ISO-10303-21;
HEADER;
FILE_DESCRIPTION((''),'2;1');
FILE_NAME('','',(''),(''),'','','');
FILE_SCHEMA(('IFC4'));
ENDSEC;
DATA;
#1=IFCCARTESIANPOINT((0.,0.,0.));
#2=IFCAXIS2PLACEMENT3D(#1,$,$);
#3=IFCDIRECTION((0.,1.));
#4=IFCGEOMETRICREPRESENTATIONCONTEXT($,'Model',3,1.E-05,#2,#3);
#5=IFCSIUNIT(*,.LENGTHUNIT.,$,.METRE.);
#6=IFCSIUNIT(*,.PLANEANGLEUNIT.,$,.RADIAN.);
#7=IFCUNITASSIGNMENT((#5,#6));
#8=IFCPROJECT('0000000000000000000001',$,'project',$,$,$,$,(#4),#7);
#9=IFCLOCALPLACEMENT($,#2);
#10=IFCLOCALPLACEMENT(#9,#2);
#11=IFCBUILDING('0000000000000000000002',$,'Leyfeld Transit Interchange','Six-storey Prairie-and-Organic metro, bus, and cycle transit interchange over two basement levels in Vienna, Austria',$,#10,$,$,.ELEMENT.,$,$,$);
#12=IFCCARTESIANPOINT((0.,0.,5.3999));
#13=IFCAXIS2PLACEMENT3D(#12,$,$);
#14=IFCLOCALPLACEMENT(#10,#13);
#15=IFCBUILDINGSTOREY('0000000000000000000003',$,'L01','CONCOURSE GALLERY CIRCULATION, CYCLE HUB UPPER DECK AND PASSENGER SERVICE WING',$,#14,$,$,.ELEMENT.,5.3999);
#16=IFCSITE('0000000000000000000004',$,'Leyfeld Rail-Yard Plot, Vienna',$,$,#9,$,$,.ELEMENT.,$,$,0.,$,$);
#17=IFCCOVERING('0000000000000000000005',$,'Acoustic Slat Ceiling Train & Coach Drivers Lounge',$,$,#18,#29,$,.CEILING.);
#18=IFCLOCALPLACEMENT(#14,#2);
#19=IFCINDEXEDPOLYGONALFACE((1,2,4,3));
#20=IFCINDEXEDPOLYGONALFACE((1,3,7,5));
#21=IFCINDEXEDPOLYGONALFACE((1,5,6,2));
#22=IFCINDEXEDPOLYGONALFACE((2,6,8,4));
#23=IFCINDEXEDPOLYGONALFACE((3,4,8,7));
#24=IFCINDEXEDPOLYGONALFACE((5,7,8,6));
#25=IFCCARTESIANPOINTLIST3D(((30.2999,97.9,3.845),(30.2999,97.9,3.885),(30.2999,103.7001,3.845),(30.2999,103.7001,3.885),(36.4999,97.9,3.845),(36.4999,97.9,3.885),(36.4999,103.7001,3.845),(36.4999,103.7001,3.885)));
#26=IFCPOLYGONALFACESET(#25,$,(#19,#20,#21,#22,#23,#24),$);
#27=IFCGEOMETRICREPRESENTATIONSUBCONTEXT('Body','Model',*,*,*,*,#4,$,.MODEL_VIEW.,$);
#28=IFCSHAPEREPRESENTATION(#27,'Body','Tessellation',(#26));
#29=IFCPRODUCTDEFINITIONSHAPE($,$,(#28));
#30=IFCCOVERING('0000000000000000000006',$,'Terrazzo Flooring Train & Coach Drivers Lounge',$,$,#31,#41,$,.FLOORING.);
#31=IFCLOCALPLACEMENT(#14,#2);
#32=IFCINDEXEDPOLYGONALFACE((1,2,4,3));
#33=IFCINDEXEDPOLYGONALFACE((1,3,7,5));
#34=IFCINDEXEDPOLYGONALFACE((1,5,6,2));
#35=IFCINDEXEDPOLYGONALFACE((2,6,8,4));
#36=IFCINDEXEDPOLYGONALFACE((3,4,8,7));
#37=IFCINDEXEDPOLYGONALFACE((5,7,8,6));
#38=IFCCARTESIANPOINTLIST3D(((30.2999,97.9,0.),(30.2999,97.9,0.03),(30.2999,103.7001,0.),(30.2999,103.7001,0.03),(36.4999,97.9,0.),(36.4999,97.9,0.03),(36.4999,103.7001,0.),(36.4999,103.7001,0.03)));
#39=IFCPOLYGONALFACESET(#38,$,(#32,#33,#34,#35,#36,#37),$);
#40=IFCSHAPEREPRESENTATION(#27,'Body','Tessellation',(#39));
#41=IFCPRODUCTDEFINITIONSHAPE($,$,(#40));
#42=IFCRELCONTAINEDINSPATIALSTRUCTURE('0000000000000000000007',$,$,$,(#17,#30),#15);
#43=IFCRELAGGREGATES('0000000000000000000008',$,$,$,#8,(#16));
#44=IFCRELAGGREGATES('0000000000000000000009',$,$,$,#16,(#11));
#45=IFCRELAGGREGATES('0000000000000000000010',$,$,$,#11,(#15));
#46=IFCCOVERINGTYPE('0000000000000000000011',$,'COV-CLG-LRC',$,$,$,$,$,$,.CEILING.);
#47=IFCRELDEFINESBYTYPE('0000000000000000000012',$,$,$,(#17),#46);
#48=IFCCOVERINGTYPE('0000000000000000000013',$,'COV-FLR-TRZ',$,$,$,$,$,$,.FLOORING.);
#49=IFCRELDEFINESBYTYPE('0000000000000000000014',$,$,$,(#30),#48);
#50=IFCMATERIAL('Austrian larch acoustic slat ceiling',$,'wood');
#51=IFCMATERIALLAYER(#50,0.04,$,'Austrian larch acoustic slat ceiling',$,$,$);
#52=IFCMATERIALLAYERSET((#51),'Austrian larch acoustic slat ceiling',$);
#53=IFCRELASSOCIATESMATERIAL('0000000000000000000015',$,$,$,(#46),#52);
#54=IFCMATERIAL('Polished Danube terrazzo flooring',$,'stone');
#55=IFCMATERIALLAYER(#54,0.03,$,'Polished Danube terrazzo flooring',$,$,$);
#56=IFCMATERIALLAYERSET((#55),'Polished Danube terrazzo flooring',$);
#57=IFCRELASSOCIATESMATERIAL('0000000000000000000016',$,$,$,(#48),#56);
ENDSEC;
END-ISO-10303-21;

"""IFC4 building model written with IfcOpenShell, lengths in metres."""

from ifc_helpers import new_model, si_unit, direction, frame, origin, origin_2d, place, context, subcontext, project, spatial, rectangle, extrude, material, layer, layer_set, type_object, element, save


model = new_model("IFC4")

# Units and contexts
model_context = context("Model", 3, precision=1e-05, world=origin(), true_north=direction((0.0, 1.0)))
body_context = subcontext(model_context, "Body", "Model", "MODEL_VIEW")
ifc_project = project(units=[si_unit("LENGTHUNIT", "METRE"), si_unit("PLANEANGLEUNIT", "RADIAN")], contexts=[model_context])

# Site, building, storey
site_placement = place(None, origin())
site = spatial("IfcSite", under=ifc_project, at=site_placement, Name="Leyfeld Rail-Yard Plot, Vienna", CompositionType="ELEMENT", RefElevation=0.0)
building_placement = place(site_placement, origin())
building = spatial("IfcBuilding", under=site, at=building_placement, Name="Leyfeld Transit Interchange", Description="Six-storey Prairie-and-Organic metro, bus, and cycle transit interchange over two basement levels in Vienna, Austria", CompositionType="ELEMENT")
storey_placement = place(building_placement, frame((0.0, 0.0, 5.3999)))
storey = spatial("IfcBuildingStorey", under=building, at=storey_placement, Name="L01", Description="CONCOURSE GALLERY CIRCULATION, CYCLE HUB UPPER DECK AND PASSENGER SERVICE WING", CompositionType="ELEMENT", Elevation=5.3999)

# Coverings
ifc_material_1 = material(Name="Austrian larch acoustic slat ceiling", Category="wood")
ifc_layer_1 = layer(ifc_material_1, 0.04, Name="Austrian larch acoustic slat ceiling")
ifc_layer_set_1 = layer_set([ifc_layer_1], Name="Austrian larch acoustic slat ceiling")
covering_type_1 = type_object("IfcCoveringType", Name="COV-CLG-LRC", PredefinedType="CEILING", material=ifc_layer_set_1)
covering_1_placement = place(storey_placement, frame((33.3999, 100.8, 3.845), z_axis=(0.0, 0.0, 1.0), x_axis=(1.0, 0.0, 0.0)))
element("IfcCovering", 1, at=covering_1_placement, inside=storey, type_object=covering_type_1, Name="Acoustic Slat Ceiling Train & Coach Drivers Lounge", PredefinedType="CEILING", context=body_context, shape_type="SweptSolid", body=[
    extrude(rectangle(XDim=6.2, YDim=5.8, at=origin_2d()), origin(), (0.0, 0.0, 1.0), 0.04),
])
ifc_material_2 = material(Name="Polished Danube terrazzo flooring", Category="stone")
ifc_layer_2 = layer(ifc_material_2, 0.03, Name="Polished Danube terrazzo flooring")
ifc_layer_set_2 = layer_set([ifc_layer_2], Name="Polished Danube terrazzo flooring")
covering_type_2 = type_object("IfcCoveringType", Name="COV-FLR-TRZ", PredefinedType="FLOORING", material=ifc_layer_set_2)
covering_2_placement = place(storey_placement, frame((33.3999, 100.8, 0.0), z_axis=(0.0, 0.0, 1.0), x_axis=(1.0, 0.0, 0.0)))
element("IfcCovering", 2, at=covering_2_placement, inside=storey, type_object=covering_type_2, Name="Terrazzo Flooring Train & Coach Drivers Lounge", PredefinedType="FLOORING", context=body_context, shape_type="SweptSolid", body=[
    extrude(rectangle(XDim=6.2, YDim=5.8, at=origin_2d()), origin(), (0.0, 0.0, 1.0), 0.03),
])

save(model, "model.ifc")
